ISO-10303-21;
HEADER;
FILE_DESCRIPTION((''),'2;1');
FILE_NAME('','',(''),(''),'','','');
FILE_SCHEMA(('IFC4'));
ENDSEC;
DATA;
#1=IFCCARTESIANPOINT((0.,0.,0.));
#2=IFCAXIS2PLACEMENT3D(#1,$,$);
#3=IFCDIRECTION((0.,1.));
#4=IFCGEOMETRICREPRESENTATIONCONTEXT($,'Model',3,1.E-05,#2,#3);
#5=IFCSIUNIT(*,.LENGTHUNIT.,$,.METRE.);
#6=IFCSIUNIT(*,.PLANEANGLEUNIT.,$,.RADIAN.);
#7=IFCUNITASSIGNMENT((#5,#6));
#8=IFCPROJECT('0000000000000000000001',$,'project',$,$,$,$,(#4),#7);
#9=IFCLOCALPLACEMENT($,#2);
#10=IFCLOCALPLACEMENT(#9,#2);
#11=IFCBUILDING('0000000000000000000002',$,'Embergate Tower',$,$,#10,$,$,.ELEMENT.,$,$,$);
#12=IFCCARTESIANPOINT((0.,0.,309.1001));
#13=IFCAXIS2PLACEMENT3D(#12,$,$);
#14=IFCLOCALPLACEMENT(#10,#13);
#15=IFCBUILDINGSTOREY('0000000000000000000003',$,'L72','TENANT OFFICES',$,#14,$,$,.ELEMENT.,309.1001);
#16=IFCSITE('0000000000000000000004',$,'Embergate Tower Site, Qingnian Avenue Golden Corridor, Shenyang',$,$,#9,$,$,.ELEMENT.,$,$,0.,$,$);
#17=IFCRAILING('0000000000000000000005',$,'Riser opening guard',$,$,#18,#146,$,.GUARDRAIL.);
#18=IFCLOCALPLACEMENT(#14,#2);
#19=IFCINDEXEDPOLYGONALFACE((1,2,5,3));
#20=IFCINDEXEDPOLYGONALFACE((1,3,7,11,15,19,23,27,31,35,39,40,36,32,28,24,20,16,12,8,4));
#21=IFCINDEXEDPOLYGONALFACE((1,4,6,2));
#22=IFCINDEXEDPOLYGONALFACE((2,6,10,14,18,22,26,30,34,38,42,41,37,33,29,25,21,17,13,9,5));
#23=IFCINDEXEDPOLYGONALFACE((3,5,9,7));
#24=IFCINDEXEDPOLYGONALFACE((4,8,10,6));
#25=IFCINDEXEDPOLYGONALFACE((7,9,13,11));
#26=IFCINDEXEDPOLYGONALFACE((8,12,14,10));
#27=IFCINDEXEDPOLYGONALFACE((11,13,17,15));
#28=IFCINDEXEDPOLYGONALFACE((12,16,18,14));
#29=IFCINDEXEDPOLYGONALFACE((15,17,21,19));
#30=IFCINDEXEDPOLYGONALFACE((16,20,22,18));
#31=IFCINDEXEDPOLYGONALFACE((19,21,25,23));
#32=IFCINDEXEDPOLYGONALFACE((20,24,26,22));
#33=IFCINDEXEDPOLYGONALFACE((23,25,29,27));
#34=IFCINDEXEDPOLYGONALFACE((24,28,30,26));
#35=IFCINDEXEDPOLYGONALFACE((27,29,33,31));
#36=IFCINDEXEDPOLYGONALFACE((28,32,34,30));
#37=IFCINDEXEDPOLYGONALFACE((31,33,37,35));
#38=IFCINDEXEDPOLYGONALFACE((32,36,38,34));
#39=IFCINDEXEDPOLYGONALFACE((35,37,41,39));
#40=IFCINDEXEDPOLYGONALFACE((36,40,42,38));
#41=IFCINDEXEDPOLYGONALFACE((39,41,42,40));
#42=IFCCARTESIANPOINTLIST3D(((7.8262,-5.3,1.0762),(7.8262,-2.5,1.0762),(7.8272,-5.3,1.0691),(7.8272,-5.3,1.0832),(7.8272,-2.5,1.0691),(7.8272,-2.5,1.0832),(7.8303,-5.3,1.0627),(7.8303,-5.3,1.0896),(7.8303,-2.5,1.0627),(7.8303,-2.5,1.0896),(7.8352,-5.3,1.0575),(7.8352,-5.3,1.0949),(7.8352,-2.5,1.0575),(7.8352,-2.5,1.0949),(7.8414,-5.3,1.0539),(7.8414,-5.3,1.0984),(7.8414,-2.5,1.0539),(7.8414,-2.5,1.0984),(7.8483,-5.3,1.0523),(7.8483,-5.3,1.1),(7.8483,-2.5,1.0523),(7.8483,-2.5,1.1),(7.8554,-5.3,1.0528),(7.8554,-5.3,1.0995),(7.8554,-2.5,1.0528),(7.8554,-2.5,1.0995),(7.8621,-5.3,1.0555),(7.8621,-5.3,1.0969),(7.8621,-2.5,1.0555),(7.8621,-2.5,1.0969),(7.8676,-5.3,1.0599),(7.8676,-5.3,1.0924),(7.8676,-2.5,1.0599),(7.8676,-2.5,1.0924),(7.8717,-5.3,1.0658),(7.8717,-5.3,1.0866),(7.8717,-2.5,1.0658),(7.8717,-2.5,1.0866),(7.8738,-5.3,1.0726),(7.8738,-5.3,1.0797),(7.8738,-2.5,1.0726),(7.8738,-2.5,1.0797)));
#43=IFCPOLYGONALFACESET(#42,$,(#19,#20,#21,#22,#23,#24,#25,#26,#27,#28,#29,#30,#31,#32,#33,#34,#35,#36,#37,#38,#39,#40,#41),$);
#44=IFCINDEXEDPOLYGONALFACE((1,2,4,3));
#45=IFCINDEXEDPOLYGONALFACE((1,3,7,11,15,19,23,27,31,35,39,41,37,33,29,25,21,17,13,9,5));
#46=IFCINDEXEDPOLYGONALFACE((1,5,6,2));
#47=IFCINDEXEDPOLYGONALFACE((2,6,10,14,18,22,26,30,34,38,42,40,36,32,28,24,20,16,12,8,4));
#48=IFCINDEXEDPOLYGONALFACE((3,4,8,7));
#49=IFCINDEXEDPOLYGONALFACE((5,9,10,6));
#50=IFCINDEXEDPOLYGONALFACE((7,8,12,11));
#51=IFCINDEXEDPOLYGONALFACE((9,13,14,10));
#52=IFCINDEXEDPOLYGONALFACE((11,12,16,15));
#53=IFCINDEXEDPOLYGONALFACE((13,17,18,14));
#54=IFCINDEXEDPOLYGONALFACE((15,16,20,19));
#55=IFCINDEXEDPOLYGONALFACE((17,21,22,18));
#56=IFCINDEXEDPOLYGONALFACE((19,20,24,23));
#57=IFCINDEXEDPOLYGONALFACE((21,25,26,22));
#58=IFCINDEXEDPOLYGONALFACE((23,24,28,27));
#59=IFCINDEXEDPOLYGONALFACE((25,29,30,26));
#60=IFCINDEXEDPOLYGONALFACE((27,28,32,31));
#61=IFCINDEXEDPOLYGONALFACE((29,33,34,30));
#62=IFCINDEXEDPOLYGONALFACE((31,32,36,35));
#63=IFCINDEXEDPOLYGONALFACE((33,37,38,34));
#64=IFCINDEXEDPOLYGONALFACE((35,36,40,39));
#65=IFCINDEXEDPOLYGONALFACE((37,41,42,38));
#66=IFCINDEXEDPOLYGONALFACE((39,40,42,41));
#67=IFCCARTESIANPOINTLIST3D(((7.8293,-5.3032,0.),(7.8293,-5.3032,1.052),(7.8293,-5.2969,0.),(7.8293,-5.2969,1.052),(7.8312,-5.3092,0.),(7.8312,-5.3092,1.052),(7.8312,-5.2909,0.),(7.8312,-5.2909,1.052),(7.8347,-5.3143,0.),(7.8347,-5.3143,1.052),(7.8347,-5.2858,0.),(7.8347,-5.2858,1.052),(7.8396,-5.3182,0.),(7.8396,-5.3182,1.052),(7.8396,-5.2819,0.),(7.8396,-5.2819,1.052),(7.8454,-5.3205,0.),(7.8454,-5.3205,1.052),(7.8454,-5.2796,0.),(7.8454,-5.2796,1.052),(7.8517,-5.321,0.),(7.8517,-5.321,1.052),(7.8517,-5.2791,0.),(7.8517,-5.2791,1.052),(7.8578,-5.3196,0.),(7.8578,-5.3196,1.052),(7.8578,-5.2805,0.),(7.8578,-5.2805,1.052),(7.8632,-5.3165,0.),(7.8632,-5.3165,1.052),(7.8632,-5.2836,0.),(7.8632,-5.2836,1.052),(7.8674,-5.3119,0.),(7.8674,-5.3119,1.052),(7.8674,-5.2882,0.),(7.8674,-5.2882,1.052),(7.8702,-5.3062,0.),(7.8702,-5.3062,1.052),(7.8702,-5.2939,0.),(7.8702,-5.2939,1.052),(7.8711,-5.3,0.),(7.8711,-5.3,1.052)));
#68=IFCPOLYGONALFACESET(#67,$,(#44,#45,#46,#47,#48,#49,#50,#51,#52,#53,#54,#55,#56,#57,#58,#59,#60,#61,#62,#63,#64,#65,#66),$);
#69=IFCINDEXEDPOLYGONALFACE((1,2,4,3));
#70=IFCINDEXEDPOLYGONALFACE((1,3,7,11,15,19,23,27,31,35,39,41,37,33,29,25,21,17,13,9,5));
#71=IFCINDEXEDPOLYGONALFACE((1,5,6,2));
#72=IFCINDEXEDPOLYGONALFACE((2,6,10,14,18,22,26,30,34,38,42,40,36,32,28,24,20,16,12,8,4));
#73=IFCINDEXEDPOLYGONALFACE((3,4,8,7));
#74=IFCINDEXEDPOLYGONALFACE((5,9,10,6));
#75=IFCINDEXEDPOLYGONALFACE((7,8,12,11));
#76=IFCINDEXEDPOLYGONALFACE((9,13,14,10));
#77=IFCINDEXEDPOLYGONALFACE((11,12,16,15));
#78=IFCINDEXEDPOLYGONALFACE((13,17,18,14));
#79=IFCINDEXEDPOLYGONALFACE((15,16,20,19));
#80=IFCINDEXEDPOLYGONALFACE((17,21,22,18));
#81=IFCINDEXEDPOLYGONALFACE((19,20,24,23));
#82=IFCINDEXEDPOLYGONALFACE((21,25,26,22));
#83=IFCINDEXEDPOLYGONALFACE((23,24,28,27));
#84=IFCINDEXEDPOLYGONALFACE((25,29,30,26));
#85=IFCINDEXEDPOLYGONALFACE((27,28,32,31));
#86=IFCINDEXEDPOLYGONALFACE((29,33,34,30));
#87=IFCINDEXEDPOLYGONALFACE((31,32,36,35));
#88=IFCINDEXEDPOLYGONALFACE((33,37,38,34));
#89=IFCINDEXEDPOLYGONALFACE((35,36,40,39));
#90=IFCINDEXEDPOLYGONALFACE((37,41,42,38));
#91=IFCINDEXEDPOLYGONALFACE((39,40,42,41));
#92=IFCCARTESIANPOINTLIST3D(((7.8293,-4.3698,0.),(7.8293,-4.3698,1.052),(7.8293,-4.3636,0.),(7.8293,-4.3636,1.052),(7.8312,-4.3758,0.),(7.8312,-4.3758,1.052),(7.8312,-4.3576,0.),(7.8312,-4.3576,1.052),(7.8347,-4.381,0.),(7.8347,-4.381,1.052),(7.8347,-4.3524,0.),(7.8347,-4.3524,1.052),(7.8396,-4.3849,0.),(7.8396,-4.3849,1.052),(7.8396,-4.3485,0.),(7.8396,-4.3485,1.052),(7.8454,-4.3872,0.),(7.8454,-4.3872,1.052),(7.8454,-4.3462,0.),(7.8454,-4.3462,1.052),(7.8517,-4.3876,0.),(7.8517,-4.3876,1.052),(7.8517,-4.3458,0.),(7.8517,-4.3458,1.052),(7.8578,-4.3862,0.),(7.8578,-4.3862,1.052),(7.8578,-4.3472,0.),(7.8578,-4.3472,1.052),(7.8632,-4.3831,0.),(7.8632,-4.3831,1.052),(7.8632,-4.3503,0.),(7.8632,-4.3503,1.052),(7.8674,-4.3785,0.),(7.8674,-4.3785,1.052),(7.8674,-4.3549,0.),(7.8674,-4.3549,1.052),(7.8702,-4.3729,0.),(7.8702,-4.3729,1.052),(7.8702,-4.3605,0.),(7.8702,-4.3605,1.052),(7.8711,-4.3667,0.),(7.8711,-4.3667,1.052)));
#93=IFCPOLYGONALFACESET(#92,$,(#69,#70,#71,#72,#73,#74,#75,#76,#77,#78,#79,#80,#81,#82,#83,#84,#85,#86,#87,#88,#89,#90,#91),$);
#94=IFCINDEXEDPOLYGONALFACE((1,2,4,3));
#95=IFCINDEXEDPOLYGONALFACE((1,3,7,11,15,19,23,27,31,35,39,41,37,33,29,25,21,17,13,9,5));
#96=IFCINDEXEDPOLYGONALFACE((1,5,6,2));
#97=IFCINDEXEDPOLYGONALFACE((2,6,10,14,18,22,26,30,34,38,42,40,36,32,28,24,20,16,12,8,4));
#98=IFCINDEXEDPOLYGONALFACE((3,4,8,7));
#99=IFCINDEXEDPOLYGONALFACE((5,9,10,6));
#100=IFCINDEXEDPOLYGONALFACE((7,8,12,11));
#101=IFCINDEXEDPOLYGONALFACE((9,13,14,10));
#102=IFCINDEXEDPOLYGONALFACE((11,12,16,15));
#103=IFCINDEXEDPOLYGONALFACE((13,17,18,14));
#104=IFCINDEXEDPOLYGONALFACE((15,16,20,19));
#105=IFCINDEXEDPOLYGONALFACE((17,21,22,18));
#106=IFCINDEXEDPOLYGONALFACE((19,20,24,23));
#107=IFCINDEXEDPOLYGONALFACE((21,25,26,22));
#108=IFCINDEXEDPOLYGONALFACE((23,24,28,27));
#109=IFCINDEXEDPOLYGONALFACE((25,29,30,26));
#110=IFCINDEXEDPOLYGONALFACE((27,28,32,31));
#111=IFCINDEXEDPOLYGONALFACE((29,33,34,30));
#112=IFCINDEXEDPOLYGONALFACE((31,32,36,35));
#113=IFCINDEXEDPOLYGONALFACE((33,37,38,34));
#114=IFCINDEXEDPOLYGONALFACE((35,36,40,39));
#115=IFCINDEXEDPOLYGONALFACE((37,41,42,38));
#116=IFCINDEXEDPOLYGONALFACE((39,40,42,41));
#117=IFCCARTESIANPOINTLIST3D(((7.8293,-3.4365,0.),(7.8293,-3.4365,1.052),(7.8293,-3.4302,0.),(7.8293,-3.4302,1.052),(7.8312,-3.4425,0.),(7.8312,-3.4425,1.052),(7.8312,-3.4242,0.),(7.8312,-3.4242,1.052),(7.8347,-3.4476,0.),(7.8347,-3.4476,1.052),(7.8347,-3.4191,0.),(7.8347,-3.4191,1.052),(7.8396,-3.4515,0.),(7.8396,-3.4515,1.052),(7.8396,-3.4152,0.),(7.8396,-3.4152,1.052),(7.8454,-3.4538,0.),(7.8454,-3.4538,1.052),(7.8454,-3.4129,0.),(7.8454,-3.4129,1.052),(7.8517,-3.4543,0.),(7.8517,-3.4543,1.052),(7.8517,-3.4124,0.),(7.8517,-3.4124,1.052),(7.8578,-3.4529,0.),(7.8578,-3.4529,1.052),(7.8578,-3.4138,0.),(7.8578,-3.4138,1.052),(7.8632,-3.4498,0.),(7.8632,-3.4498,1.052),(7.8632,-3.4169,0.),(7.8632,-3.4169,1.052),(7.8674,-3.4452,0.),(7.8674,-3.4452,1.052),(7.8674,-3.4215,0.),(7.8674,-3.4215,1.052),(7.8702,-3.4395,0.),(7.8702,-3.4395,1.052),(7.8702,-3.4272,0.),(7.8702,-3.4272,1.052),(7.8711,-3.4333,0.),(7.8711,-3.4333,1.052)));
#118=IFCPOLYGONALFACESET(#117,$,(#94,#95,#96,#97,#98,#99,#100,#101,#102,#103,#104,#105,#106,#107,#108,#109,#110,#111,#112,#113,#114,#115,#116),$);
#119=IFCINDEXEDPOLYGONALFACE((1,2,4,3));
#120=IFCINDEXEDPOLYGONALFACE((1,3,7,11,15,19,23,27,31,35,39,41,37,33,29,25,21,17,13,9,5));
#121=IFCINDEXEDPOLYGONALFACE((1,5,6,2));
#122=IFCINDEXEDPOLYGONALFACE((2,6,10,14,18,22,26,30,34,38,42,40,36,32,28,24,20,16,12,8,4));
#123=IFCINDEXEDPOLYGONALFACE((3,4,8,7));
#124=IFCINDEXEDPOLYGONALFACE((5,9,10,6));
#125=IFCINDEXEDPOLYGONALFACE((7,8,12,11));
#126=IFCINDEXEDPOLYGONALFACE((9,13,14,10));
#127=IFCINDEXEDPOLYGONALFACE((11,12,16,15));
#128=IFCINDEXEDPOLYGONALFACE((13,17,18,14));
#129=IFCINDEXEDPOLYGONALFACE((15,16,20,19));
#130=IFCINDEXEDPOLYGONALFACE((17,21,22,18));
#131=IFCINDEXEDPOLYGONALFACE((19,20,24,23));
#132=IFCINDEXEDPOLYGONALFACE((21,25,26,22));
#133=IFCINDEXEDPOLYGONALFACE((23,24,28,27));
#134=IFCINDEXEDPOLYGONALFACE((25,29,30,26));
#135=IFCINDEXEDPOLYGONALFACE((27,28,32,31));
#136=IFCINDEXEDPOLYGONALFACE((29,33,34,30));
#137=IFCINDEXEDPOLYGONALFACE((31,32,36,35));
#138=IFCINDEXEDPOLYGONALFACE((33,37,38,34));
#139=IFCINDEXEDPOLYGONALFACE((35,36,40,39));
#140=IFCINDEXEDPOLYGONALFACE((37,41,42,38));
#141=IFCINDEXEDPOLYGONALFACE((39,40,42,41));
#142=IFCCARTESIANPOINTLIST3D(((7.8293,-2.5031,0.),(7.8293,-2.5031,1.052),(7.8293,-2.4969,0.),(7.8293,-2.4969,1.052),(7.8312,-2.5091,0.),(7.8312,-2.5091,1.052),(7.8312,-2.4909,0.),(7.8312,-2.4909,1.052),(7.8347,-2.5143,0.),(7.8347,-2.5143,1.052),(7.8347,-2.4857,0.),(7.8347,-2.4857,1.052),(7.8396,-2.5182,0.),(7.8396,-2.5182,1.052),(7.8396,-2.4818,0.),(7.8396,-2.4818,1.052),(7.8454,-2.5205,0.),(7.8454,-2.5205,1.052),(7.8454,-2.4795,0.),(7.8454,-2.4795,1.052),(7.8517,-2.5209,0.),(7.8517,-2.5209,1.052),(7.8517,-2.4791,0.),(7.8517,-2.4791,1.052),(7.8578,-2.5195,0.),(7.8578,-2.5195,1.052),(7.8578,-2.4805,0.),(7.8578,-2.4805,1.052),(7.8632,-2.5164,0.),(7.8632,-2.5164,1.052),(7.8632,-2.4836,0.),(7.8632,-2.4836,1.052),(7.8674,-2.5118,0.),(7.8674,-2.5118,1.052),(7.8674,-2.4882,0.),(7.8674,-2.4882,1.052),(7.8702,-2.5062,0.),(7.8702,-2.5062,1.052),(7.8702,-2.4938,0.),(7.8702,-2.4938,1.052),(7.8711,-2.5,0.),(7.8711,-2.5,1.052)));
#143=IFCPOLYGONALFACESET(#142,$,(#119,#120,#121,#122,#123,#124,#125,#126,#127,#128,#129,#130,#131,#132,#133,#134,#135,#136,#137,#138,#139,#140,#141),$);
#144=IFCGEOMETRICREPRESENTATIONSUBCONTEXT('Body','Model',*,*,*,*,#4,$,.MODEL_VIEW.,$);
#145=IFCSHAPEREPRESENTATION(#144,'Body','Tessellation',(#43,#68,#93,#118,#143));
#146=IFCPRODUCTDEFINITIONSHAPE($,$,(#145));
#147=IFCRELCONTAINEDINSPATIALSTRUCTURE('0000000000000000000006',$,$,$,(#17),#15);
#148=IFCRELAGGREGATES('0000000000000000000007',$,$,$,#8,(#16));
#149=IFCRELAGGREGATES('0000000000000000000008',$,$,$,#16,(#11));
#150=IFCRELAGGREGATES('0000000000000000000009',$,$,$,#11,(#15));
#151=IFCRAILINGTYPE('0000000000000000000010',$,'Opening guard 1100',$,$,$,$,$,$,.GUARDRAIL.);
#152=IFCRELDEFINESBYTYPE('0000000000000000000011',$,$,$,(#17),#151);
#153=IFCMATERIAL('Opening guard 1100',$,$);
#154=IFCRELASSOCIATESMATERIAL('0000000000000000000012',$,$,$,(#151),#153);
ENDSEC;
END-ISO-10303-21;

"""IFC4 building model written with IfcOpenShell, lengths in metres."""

from ifc_helpers import new_model, si_unit, direction, frame, origin, origin_2d, place, context, subcontext, project, spatial, circle, extrude, source, transform, mapped, material, type_object, element, save


model = new_model("IFC4")

# Units and contexts
model_context = context("Model", 3, precision=1e-05, world=origin(), true_north=direction((0.0, 1.0)))
body_context = subcontext(model_context, "Body", "Model", "MODEL_VIEW")
ifc_project = project(units=[si_unit("LENGTHUNIT", "METRE"), si_unit("PLANEANGLEUNIT", "RADIAN")], contexts=[model_context])

# Site, building, storey
site_placement = place(None, origin())
site = spatial("IfcSite", under=ifc_project, at=site_placement, Name="Embergate Tower Site, Qingnian Avenue Golden Corridor, Shenyang", CompositionType="ELEMENT", RefElevation=0.0)
building_placement = place(site_placement, origin())
building = spatial("IfcBuilding", under=site, at=building_placement, Name="Embergate Tower", CompositionType="ELEMENT")
storey_placement = place(building_placement, frame((0.0, 0.0, 309.1001)))
storey = spatial("IfcBuildingStorey", under=building, at=storey_placement, Name="L72", Description="TENANT OFFICES", CompositionType="ELEMENT", Elevation=309.1001)

# Railing
ifc_material_1 = material(Name="Opening guard 1100")
railing_type_1 = type_object("IfcRailingType", Name="Opening guard 1100", PredefinedType="GUARDRAIL", material=ifc_material_1)
shared_shape_1 = source(origin(), body_context, "Body", "SweptSolid", [
    extrude(circle(Radius=0.0239, at=origin_2d()), frame((0.0, 0.0, 1.0762), z_axis=(0.0, 1.0, 0.0), x_axis=(-1.0, 0.0, 0.0)), (0.0, 0.0, 1.0), 2.8),
    extrude(circle(Radius=0.021, at=origin_2d()), origin(), (0.0, 0.0, 1.0), 1.052),
    extrude(circle(Radius=0.021, at=origin_2d()), frame((0.0, 0.9333, 0.0)), (0.0, 0.0, 1.0), 1.052),
    extrude(circle(Radius=0.021, at=origin_2d()), frame((0.0, 1.8667, 0.0)), (0.0, 0.0, 1.0), 1.052),
    extrude(circle(Radius=0.021, at=origin_2d()), frame((0.0, 2.8, 0.0)), (0.0, 0.0, 1.0), 1.052),
])
railing_1_placement = place(storey_placement, frame((7.8501, -5.3, 0.0)))
element("IfcRailing", 1, at=railing_1_placement, inside=storey, type_object=railing_type_1, Name="Riser opening guard", PredefinedType="GUARDRAIL", context=body_context, shape_type="MappedRepresentation", body=[
    mapped(shared_shape_1, transform((0.0, 0.0, 0.0))),
])

save(model, "model.ifc")
